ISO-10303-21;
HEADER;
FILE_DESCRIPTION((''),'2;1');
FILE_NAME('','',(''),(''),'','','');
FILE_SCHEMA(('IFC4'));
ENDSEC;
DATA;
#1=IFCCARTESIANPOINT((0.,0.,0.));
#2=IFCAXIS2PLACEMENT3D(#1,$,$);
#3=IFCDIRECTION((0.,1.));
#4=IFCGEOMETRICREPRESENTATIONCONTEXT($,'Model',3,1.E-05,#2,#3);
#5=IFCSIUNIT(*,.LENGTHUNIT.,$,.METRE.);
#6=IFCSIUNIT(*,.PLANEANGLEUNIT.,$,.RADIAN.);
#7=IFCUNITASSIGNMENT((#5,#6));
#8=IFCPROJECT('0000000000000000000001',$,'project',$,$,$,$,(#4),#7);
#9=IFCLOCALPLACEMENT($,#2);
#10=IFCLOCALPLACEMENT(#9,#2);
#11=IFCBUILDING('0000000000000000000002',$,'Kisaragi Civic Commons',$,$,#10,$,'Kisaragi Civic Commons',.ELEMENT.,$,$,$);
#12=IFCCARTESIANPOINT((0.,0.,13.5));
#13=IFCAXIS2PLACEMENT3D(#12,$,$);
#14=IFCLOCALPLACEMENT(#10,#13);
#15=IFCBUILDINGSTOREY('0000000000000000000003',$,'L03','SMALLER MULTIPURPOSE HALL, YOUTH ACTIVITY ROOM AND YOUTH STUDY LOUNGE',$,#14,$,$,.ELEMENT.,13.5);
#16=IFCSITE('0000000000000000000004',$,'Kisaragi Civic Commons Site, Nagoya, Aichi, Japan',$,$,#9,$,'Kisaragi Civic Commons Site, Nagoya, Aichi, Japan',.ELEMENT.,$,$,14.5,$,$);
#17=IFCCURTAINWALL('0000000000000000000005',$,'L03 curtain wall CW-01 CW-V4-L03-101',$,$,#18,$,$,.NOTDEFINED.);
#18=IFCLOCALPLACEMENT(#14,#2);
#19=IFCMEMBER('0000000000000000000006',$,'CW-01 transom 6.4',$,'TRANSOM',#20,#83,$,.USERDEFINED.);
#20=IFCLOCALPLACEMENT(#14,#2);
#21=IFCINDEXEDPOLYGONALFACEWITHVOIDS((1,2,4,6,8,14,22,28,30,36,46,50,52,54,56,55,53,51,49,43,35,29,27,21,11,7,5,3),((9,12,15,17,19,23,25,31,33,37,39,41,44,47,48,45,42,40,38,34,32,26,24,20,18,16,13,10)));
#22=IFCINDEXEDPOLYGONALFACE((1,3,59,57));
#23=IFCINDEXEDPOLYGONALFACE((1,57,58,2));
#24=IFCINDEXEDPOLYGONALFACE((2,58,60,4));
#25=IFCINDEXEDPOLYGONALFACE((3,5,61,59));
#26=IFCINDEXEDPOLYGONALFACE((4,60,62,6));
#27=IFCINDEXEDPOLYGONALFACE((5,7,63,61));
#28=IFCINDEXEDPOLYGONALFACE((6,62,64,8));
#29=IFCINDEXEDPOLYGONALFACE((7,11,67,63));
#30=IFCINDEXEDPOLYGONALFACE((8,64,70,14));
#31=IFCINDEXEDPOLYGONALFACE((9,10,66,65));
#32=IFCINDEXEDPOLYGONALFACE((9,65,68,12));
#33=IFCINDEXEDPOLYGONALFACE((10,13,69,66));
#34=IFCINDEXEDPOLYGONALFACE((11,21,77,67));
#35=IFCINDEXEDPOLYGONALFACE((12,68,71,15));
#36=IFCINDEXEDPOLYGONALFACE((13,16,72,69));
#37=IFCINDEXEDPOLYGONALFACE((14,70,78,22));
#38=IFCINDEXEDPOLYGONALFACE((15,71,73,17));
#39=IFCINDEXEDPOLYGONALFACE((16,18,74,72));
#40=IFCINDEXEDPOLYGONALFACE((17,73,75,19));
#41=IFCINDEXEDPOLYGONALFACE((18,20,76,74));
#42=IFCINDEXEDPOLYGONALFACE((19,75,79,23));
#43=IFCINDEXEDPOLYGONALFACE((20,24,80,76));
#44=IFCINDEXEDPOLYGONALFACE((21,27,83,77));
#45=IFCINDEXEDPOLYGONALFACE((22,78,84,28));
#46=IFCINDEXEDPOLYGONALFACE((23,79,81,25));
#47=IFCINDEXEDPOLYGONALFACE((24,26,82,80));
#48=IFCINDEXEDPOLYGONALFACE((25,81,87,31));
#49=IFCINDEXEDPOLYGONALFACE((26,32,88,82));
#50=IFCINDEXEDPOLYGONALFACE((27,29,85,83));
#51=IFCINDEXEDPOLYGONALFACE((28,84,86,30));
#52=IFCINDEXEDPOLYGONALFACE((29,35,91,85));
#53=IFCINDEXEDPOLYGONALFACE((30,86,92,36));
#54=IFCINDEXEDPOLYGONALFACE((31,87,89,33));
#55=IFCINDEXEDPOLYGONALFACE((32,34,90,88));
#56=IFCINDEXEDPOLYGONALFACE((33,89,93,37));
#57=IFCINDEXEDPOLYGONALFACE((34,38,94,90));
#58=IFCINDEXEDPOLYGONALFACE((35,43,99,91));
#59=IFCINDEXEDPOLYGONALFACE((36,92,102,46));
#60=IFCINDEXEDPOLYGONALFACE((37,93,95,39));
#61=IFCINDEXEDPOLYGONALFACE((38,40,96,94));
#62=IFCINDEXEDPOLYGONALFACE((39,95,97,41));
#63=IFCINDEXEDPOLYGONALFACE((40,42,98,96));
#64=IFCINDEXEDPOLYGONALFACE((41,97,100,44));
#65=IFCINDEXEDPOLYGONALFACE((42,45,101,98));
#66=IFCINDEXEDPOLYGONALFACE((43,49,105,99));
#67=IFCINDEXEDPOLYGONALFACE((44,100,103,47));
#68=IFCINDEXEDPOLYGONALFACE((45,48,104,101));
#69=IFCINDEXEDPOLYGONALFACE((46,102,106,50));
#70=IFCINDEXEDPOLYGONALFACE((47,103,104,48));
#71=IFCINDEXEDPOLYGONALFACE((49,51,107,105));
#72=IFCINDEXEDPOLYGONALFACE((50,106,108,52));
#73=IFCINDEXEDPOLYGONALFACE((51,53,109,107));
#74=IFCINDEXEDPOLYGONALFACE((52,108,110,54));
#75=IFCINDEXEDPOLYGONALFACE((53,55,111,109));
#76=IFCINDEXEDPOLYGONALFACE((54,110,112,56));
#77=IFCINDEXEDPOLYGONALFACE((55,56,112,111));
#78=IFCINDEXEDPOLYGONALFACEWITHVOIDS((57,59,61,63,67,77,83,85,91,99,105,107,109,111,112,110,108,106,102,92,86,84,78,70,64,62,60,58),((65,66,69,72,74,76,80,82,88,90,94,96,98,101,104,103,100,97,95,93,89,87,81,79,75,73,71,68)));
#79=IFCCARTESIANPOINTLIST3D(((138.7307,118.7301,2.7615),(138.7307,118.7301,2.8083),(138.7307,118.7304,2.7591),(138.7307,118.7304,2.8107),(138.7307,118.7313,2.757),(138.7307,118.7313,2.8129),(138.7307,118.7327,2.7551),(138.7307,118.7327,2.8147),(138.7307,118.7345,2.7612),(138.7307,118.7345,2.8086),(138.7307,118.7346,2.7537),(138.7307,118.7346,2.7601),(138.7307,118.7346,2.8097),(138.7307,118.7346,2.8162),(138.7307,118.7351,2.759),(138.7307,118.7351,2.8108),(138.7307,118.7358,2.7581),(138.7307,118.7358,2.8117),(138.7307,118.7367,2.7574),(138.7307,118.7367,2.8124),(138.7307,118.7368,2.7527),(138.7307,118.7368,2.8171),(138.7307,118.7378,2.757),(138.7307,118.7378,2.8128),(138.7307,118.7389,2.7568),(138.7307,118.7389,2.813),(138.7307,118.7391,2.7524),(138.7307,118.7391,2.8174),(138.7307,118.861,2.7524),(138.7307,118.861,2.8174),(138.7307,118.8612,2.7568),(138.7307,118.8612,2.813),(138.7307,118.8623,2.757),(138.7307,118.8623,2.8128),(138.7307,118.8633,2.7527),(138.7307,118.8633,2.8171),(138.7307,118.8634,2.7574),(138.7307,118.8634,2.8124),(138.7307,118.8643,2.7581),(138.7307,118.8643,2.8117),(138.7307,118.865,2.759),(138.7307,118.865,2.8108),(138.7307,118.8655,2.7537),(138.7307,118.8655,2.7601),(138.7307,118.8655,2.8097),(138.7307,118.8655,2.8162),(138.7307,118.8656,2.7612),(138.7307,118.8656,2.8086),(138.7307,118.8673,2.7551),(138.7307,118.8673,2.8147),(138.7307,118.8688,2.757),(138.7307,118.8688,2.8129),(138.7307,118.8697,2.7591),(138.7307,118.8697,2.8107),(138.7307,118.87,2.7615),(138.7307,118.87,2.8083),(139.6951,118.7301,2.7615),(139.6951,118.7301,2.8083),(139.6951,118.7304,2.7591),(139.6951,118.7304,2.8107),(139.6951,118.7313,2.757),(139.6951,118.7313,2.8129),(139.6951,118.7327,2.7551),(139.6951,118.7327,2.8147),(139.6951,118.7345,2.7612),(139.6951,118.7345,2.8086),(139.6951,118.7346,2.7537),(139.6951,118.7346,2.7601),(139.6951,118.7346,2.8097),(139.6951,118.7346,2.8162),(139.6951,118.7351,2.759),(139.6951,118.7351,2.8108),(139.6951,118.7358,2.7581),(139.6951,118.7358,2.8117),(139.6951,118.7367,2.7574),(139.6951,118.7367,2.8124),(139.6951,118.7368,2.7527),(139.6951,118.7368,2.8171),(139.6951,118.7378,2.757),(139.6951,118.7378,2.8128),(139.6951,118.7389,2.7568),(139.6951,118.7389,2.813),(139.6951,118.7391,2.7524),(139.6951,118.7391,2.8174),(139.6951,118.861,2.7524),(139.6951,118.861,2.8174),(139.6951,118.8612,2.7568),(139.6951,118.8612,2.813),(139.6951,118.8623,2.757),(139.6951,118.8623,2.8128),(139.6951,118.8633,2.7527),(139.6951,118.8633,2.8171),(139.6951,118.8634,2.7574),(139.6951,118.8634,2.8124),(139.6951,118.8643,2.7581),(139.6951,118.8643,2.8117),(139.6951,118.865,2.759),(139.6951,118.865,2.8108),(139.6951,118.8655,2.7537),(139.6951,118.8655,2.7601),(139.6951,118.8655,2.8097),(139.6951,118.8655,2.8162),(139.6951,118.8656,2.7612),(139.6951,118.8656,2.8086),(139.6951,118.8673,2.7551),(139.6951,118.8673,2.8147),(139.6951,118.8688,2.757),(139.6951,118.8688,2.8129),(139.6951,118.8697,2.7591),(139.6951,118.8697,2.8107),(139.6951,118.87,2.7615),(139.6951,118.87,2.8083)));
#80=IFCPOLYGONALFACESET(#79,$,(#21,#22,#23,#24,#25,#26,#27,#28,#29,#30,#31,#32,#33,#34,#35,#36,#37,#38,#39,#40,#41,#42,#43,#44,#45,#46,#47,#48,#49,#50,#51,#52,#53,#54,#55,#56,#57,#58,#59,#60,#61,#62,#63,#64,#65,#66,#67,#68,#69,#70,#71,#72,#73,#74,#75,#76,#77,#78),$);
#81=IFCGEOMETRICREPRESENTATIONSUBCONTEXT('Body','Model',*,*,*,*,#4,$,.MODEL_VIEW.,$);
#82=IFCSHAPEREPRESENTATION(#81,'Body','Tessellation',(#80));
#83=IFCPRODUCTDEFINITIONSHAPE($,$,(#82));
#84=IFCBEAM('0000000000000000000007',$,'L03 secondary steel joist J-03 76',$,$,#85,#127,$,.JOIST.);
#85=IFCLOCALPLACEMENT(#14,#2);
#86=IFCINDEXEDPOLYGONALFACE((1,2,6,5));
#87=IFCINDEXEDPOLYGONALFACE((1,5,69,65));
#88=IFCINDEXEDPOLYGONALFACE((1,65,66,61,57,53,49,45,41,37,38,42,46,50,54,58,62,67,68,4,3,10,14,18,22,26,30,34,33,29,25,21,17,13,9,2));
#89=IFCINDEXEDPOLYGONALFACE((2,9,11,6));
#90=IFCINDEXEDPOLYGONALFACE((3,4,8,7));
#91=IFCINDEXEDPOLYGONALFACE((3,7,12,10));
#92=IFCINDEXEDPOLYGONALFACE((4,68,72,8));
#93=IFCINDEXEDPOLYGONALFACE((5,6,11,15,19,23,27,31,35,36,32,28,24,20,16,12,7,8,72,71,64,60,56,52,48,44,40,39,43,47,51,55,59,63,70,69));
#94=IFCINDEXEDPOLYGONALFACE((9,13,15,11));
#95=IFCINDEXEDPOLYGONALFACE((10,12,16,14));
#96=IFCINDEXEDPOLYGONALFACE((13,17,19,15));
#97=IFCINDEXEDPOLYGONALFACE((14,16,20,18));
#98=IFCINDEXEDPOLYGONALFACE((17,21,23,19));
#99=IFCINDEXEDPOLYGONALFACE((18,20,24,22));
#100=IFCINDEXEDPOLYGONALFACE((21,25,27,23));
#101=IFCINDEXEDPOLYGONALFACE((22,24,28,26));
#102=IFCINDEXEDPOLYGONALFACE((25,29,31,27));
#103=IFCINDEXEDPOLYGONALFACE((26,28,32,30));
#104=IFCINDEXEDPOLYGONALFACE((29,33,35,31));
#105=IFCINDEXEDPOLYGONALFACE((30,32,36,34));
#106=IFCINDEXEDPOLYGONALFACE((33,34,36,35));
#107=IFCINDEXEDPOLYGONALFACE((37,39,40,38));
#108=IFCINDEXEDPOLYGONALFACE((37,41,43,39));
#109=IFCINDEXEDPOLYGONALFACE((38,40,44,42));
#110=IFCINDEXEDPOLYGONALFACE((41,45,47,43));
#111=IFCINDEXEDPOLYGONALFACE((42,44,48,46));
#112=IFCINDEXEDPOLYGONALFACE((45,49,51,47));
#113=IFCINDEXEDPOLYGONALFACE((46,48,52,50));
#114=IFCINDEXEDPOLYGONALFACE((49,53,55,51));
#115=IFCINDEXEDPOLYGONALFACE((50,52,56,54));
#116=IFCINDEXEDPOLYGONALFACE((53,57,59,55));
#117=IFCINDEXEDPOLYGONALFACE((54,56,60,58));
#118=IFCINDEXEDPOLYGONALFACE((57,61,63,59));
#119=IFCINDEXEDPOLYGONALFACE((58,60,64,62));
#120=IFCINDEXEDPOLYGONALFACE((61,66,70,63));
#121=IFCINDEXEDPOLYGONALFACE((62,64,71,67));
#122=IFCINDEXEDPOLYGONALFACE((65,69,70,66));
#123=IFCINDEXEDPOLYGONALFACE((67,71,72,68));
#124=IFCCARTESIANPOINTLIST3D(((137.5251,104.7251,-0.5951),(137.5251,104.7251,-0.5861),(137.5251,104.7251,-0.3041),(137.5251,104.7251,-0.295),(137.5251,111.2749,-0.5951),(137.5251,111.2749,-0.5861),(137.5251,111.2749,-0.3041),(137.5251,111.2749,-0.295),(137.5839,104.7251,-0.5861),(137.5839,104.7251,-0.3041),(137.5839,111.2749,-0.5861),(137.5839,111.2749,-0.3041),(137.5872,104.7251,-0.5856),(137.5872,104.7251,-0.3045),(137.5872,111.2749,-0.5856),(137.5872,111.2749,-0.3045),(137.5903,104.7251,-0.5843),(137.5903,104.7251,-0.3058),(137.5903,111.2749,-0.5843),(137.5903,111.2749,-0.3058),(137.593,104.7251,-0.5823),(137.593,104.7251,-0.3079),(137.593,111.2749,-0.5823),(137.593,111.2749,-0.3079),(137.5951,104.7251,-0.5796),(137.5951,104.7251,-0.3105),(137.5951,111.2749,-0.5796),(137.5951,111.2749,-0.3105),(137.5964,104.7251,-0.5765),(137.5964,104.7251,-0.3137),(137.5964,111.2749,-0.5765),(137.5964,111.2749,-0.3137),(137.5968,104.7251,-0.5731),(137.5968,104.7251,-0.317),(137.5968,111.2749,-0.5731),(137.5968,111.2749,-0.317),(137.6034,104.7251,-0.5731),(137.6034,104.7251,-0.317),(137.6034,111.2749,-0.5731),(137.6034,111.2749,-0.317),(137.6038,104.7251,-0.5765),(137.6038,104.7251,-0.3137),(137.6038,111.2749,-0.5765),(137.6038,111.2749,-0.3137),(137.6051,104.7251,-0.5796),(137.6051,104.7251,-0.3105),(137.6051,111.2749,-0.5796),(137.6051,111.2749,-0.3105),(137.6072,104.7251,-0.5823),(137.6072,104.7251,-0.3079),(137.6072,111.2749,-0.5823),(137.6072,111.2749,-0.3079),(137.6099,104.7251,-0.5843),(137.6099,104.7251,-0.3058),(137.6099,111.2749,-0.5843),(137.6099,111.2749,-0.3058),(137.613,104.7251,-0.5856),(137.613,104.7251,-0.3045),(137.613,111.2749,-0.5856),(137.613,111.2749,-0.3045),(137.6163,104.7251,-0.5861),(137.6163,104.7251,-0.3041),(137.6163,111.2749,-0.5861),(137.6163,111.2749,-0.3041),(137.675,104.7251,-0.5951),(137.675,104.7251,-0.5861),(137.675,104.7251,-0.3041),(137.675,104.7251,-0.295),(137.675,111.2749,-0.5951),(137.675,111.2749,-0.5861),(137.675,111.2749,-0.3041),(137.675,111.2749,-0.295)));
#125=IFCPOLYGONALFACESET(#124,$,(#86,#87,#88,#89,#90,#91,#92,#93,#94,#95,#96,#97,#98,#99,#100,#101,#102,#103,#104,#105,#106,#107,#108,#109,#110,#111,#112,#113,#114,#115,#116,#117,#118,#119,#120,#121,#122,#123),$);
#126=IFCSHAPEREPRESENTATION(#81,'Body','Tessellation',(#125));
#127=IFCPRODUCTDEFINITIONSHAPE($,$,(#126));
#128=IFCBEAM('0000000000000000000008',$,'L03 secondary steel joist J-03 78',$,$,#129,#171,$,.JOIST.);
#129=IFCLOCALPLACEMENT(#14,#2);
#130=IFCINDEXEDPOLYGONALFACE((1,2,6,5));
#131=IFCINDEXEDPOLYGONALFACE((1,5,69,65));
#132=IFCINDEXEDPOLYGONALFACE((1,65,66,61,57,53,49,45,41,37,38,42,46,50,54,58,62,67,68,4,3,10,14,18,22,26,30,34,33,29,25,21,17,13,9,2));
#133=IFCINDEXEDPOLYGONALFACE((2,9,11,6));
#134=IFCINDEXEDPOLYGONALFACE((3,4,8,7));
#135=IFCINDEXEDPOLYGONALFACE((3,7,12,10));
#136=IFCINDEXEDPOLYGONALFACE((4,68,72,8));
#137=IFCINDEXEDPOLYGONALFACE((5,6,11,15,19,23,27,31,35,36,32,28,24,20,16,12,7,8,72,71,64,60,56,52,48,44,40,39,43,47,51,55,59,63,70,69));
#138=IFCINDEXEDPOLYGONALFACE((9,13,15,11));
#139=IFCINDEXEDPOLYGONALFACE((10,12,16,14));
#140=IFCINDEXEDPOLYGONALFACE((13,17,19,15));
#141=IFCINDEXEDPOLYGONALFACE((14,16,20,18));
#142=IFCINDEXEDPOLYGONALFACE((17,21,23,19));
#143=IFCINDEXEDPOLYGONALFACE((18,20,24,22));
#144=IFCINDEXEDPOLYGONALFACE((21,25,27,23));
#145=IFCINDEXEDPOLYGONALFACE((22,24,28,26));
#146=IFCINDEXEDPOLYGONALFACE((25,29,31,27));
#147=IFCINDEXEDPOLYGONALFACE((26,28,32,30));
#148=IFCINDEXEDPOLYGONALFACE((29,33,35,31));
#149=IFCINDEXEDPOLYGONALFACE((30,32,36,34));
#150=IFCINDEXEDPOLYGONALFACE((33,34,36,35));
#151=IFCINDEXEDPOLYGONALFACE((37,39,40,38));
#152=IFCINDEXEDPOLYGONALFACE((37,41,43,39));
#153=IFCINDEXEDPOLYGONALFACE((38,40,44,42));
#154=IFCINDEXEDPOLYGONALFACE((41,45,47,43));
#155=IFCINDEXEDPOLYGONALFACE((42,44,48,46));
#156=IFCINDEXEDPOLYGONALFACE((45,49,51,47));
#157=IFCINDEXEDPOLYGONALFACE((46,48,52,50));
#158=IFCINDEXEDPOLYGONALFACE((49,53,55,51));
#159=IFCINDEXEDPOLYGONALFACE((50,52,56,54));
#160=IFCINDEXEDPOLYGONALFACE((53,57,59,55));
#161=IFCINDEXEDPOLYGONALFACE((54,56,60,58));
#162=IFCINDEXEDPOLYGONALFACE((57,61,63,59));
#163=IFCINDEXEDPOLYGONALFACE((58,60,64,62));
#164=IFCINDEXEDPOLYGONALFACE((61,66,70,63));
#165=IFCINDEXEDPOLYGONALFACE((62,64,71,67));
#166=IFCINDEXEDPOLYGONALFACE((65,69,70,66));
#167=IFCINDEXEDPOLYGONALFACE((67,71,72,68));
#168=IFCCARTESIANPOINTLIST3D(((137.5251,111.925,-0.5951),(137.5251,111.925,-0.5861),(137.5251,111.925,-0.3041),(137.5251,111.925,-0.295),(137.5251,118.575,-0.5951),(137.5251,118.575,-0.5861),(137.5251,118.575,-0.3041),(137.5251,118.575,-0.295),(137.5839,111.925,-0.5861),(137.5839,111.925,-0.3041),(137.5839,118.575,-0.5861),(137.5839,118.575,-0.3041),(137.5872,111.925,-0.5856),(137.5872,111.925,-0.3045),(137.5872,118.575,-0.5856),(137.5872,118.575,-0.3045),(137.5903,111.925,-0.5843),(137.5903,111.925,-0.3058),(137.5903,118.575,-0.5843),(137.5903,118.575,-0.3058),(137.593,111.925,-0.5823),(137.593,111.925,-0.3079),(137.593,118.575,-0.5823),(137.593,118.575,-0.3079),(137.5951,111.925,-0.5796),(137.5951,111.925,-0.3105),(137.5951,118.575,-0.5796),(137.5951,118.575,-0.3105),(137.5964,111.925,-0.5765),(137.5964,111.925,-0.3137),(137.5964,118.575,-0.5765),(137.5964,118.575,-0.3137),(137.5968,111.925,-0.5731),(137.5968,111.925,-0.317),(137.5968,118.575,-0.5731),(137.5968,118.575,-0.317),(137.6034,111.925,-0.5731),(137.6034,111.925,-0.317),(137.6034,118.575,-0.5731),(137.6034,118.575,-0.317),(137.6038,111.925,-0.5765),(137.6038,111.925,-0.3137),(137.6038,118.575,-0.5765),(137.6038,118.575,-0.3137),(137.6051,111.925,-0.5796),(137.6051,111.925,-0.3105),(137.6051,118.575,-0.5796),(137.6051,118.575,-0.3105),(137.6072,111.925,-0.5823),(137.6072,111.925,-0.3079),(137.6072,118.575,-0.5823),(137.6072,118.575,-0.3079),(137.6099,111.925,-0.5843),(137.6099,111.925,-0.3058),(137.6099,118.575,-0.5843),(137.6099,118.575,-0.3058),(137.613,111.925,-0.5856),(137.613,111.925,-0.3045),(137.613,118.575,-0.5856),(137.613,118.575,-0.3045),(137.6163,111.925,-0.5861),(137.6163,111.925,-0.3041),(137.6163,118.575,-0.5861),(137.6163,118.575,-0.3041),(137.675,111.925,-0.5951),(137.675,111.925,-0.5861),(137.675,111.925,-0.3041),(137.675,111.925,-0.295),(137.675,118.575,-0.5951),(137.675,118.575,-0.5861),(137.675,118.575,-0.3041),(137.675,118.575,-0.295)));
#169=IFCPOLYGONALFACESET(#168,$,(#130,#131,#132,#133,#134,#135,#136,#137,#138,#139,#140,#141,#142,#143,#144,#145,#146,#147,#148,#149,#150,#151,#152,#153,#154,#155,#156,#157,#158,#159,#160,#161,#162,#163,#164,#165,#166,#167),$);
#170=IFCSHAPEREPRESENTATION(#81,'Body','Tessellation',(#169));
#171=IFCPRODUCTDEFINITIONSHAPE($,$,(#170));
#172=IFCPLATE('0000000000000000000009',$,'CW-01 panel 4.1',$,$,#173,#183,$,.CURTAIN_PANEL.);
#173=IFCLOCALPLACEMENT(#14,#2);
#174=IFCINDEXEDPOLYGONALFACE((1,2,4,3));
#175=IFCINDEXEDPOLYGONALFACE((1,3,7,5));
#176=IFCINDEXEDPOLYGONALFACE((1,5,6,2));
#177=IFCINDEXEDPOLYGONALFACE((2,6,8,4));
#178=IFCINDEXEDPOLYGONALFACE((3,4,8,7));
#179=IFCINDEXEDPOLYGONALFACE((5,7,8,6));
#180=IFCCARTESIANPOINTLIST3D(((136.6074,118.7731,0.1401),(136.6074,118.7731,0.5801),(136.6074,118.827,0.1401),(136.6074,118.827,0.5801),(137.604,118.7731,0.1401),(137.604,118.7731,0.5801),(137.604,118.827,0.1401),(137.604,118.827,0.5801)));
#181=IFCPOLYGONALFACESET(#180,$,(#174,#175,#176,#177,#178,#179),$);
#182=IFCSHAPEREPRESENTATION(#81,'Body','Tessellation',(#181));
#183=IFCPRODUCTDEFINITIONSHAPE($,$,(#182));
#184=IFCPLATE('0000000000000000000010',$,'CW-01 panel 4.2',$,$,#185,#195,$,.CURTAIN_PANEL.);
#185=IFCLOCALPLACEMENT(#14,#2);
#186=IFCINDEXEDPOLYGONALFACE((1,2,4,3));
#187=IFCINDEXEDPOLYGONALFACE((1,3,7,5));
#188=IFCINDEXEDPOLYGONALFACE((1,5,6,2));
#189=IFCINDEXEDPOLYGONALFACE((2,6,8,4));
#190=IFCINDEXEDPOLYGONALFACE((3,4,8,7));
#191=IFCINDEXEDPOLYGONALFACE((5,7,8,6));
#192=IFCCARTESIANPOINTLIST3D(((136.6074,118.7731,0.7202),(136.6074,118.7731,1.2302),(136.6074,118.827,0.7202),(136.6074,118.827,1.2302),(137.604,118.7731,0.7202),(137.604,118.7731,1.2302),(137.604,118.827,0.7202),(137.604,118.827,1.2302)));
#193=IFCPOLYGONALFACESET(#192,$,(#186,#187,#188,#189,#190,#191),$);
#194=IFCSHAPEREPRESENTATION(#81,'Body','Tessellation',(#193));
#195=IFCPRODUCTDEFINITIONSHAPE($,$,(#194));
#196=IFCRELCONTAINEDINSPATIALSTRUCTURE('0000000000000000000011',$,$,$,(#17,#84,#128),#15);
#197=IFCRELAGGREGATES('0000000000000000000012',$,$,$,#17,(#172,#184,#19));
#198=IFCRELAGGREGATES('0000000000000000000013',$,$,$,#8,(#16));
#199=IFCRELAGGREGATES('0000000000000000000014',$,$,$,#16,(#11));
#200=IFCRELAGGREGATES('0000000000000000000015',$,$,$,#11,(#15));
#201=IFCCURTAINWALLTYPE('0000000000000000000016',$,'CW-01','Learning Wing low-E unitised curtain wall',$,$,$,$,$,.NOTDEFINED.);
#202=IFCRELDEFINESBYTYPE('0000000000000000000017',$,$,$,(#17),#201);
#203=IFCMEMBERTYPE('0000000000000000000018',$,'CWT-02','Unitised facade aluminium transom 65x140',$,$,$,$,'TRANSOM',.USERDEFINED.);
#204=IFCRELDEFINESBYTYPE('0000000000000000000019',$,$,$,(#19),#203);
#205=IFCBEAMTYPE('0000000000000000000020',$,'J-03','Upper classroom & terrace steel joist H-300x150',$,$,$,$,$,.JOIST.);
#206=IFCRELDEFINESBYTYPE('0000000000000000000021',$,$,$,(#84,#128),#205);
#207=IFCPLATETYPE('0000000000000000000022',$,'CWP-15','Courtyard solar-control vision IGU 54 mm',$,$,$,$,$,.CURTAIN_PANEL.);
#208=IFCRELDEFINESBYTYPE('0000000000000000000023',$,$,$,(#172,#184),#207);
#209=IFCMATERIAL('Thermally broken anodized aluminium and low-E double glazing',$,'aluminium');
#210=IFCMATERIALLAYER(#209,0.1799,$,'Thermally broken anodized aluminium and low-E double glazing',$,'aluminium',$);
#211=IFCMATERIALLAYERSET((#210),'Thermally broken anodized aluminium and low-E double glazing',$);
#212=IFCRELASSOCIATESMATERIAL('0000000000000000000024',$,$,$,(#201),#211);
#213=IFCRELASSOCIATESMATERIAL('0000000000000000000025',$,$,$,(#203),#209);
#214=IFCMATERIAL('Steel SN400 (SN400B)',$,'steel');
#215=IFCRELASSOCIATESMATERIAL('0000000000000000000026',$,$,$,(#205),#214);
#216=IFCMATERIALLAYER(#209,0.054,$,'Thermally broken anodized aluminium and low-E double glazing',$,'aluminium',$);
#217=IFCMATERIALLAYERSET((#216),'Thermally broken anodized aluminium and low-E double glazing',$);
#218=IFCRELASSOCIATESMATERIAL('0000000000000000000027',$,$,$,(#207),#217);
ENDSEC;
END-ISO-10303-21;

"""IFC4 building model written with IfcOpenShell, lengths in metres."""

from ifc_helpers import new_model, si_unit, direction, frame, origin, origin_2d, place, context, subcontext, project, spatial, rectangle, hollow_rectangle, i_section, extrude, material, layer, layer_set, material_profile, profile_set, type_object, element, aggregate, save


model = new_model("IFC4")

# Units and contexts
model_context = context("Model", 3, precision=1e-05, world=origin(), true_north=direction((0.0, 1.0)))
body_context = subcontext(model_context, "Body", "Model", "MODEL_VIEW")
ifc_project = project(units=[si_unit("LENGTHUNIT", "METRE"), si_unit("PLANEANGLEUNIT", "RADIAN")], contexts=[model_context])

# Site, building, storey
site_placement = place(None, origin())
site = spatial("IfcSite", under=ifc_project, at=site_placement, Name="Kisaragi Civic Commons Site, Nagoya, Aichi, Japan", LongName="Kisaragi Civic Commons Site, Nagoya, Aichi, Japan", CompositionType="ELEMENT", RefElevation=14.5)
building_placement = place(site_placement, origin())
building = spatial("IfcBuilding", under=site, at=building_placement, Name="Kisaragi Civic Commons", LongName="Kisaragi Civic Commons", CompositionType="ELEMENT")
storey_placement = place(building_placement, frame((0.0, 0.0, 13.5)))
storey = spatial("IfcBuildingStorey", under=building, at=storey_placement, Name="L03", Description="SMALLER MULTIPURPOSE HALL, YOUTH ACTIVITY ROOM AND YOUTH STUDY LOUNGE", CompositionType="ELEMENT", Elevation=13.5)

# Curtain wall, member
ifc_material_1 = material(Name="Thermally broken anodized aluminium and low-E double glazing", Category="aluminium")
ifc_layer_1 = layer(ifc_material_1, 0.1799, Name="Thermally broken anodized aluminium and low-E double glazing", Category="aluminium")
ifc_layer_set_1 = layer_set([ifc_layer_1], Name="Thermally broken anodized aluminium and low-E double glazing")
curtain_wall_type = type_object("IfcCurtainWallType", Name="CW-01", Description="Learning Wing low-E unitised curtain wall", PredefinedType="NOTDEFINED", material=ifc_layer_set_1)
curtain_wall_placement = place(storey_placement, origin())
curtain_wall = element("IfcCurtainWall", 1, at=curtain_wall_placement, inside=storey, type_object=curtain_wall_type, Name="L03 curtain wall CW-01 CW-V4-L03-101", PredefinedType="NOTDEFINED")
ifc_material_profile_1 = material_profile(ifc_material_1, hollow_rectangle(XDim=0.1399, YDim=0.0649, WallThickness=0.0044, InnerFilletRadius=0.0044, OuterFilletRadius=0.009, at=origin_2d()), Name="CWT-65x140x4.5", Category="aluminium")
ifc_profile_set_1 = profile_set([ifc_material_profile_1], Name="Thermally broken anodized aluminium and low-E double glazing")
member_type_1 = type_object("IfcMemberType", Name="CWT-02", Description="Unitised facade aluminium transom 65x140", ElementType="TRANSOM", PredefinedType="USERDEFINED", material=ifc_profile_set_1)
member_1_placement = place(storey_placement, frame((138.7307, 118.8, 2.7849), z_axis=(1.0, 0.0, 0.0), x_axis=(0.0, 1.0, 0.0)))
member_1 = element("IfcMember", 2, at=member_1_placement, type_object=member_type_1, Name="CW-01 transom 6.4", ObjectType="TRANSOM", PredefinedType="USERDEFINED", context=body_context, shape_type="SweptSolid", body=[
    extrude(hollow_rectangle(XDim=0.1399, YDim=0.0649, WallThickness=0.0044, InnerFilletRadius=0.0044, OuterFilletRadius=0.009, at=origin_2d()), origin(), (0.0, 0.0, 1.0), 0.9644),
])

# Beams
ifc_material_2 = material(Name="Steel SN400 (SN400B)", Category="steel")
ifc_material_profile_2 = material_profile(ifc_material_2, i_section(OverallWidth=0.1499, OverallDepth=0.3, WebThickness=0.0066, FlangeThickness=0.009, FilletRadius=0.0129, at=origin_2d()), Name="H-300x150x6.5x9", Category="steel")
ifc_profile_set_2 = profile_set([ifc_material_profile_2], Name="Steel SN400 (SN400B)")
beam_type = type_object("IfcBeamType", Name="J-03", Description="Upper classroom & terrace steel joist H-300x150", PredefinedType="JOIST", material=ifc_profile_set_2)
beam_1_placement = place(storey_placement, frame((137.6001, 104.7251, -0.4451), z_axis=(0.0, 1.0, 0.0), x_axis=(-1.0, 0.0, 0.0)))
element("IfcBeam", 3, at=beam_1_placement, inside=storey, type_object=beam_type, Name="L03 secondary steel joist J-03 76", PredefinedType="JOIST", context=body_context, shape_type="SweptSolid", body=[
    extrude(i_section(OverallWidth=0.1499, OverallDepth=0.3, WebThickness=0.0066, FlangeThickness=0.009, FilletRadius=0.0129, at=origin_2d()), origin(), (0.0, 0.0, 1.0), 6.5498),
])
beam_2_placement = place(storey_placement, frame((137.6001, 111.925, -0.4451), z_axis=(0.0, 1.0, 0.0), x_axis=(-1.0, 0.0, 0.0)))
element("IfcBeam", 4, at=beam_2_placement, inside=storey, type_object=beam_type, Name="L03 secondary steel joist J-03 78", PredefinedType="JOIST", context=body_context, shape_type="SweptSolid", body=[
    extrude(i_section(OverallWidth=0.1499, OverallDepth=0.3, WebThickness=0.0066, FlangeThickness=0.009, FilletRadius=0.0129, at=origin_2d()), origin(), (0.0, 0.0, 1.0), 6.6499),
])

# Plates
ifc_layer_2 = layer(ifc_material_1, 0.054, Name="Thermally broken anodized aluminium and low-E double glazing", Category="aluminium")
ifc_layer_set_2 = layer_set([ifc_layer_2], Name="Thermally broken anodized aluminium and low-E double glazing")
plate_type = type_object("IfcPlateType", Name="CWP-15", Description="Courtyard solar-control vision IGU 54 mm", PredefinedType="CURTAIN_PANEL", material=ifc_layer_set_2)
plate_1_placement = place(storey_placement, frame((137.1057, 118.8, 0.1401), z_axis=(0.0, 0.0, 1.0), x_axis=(1.0, 0.0, 0.0)))
plate_1 = element("IfcPlate", 5, at=plate_1_placement, type_object=plate_type, Name="CW-01 panel 4.1", PredefinedType="CURTAIN_PANEL", context=body_context, shape_type="SweptSolid", body=[
    extrude(rectangle(XDim=0.9966, YDim=0.054, at=origin_2d()), origin(), (0.0, 0.0, 1.0), 0.4399),
])
plate_2_placement = place(storey_placement, frame((137.1057, 118.8, 0.7202), z_axis=(0.0, 0.0, 1.0), x_axis=(1.0, 0.0, 0.0)))
plate_2 = element("IfcPlate", 6, at=plate_2_placement, type_object=plate_type, Name="CW-01 panel 4.2", PredefinedType="CURTAIN_PANEL", context=body_context, shape_type="SweptSolid", body=[
    extrude(rectangle(XDim=0.9966, YDim=0.054, at=origin_2d()), origin(), (0.0, 0.0, 1.0), 0.51),
])
aggregate(curtain_wall, [plate_1, plate_2, member_1])

save(model, "model.ifc")
